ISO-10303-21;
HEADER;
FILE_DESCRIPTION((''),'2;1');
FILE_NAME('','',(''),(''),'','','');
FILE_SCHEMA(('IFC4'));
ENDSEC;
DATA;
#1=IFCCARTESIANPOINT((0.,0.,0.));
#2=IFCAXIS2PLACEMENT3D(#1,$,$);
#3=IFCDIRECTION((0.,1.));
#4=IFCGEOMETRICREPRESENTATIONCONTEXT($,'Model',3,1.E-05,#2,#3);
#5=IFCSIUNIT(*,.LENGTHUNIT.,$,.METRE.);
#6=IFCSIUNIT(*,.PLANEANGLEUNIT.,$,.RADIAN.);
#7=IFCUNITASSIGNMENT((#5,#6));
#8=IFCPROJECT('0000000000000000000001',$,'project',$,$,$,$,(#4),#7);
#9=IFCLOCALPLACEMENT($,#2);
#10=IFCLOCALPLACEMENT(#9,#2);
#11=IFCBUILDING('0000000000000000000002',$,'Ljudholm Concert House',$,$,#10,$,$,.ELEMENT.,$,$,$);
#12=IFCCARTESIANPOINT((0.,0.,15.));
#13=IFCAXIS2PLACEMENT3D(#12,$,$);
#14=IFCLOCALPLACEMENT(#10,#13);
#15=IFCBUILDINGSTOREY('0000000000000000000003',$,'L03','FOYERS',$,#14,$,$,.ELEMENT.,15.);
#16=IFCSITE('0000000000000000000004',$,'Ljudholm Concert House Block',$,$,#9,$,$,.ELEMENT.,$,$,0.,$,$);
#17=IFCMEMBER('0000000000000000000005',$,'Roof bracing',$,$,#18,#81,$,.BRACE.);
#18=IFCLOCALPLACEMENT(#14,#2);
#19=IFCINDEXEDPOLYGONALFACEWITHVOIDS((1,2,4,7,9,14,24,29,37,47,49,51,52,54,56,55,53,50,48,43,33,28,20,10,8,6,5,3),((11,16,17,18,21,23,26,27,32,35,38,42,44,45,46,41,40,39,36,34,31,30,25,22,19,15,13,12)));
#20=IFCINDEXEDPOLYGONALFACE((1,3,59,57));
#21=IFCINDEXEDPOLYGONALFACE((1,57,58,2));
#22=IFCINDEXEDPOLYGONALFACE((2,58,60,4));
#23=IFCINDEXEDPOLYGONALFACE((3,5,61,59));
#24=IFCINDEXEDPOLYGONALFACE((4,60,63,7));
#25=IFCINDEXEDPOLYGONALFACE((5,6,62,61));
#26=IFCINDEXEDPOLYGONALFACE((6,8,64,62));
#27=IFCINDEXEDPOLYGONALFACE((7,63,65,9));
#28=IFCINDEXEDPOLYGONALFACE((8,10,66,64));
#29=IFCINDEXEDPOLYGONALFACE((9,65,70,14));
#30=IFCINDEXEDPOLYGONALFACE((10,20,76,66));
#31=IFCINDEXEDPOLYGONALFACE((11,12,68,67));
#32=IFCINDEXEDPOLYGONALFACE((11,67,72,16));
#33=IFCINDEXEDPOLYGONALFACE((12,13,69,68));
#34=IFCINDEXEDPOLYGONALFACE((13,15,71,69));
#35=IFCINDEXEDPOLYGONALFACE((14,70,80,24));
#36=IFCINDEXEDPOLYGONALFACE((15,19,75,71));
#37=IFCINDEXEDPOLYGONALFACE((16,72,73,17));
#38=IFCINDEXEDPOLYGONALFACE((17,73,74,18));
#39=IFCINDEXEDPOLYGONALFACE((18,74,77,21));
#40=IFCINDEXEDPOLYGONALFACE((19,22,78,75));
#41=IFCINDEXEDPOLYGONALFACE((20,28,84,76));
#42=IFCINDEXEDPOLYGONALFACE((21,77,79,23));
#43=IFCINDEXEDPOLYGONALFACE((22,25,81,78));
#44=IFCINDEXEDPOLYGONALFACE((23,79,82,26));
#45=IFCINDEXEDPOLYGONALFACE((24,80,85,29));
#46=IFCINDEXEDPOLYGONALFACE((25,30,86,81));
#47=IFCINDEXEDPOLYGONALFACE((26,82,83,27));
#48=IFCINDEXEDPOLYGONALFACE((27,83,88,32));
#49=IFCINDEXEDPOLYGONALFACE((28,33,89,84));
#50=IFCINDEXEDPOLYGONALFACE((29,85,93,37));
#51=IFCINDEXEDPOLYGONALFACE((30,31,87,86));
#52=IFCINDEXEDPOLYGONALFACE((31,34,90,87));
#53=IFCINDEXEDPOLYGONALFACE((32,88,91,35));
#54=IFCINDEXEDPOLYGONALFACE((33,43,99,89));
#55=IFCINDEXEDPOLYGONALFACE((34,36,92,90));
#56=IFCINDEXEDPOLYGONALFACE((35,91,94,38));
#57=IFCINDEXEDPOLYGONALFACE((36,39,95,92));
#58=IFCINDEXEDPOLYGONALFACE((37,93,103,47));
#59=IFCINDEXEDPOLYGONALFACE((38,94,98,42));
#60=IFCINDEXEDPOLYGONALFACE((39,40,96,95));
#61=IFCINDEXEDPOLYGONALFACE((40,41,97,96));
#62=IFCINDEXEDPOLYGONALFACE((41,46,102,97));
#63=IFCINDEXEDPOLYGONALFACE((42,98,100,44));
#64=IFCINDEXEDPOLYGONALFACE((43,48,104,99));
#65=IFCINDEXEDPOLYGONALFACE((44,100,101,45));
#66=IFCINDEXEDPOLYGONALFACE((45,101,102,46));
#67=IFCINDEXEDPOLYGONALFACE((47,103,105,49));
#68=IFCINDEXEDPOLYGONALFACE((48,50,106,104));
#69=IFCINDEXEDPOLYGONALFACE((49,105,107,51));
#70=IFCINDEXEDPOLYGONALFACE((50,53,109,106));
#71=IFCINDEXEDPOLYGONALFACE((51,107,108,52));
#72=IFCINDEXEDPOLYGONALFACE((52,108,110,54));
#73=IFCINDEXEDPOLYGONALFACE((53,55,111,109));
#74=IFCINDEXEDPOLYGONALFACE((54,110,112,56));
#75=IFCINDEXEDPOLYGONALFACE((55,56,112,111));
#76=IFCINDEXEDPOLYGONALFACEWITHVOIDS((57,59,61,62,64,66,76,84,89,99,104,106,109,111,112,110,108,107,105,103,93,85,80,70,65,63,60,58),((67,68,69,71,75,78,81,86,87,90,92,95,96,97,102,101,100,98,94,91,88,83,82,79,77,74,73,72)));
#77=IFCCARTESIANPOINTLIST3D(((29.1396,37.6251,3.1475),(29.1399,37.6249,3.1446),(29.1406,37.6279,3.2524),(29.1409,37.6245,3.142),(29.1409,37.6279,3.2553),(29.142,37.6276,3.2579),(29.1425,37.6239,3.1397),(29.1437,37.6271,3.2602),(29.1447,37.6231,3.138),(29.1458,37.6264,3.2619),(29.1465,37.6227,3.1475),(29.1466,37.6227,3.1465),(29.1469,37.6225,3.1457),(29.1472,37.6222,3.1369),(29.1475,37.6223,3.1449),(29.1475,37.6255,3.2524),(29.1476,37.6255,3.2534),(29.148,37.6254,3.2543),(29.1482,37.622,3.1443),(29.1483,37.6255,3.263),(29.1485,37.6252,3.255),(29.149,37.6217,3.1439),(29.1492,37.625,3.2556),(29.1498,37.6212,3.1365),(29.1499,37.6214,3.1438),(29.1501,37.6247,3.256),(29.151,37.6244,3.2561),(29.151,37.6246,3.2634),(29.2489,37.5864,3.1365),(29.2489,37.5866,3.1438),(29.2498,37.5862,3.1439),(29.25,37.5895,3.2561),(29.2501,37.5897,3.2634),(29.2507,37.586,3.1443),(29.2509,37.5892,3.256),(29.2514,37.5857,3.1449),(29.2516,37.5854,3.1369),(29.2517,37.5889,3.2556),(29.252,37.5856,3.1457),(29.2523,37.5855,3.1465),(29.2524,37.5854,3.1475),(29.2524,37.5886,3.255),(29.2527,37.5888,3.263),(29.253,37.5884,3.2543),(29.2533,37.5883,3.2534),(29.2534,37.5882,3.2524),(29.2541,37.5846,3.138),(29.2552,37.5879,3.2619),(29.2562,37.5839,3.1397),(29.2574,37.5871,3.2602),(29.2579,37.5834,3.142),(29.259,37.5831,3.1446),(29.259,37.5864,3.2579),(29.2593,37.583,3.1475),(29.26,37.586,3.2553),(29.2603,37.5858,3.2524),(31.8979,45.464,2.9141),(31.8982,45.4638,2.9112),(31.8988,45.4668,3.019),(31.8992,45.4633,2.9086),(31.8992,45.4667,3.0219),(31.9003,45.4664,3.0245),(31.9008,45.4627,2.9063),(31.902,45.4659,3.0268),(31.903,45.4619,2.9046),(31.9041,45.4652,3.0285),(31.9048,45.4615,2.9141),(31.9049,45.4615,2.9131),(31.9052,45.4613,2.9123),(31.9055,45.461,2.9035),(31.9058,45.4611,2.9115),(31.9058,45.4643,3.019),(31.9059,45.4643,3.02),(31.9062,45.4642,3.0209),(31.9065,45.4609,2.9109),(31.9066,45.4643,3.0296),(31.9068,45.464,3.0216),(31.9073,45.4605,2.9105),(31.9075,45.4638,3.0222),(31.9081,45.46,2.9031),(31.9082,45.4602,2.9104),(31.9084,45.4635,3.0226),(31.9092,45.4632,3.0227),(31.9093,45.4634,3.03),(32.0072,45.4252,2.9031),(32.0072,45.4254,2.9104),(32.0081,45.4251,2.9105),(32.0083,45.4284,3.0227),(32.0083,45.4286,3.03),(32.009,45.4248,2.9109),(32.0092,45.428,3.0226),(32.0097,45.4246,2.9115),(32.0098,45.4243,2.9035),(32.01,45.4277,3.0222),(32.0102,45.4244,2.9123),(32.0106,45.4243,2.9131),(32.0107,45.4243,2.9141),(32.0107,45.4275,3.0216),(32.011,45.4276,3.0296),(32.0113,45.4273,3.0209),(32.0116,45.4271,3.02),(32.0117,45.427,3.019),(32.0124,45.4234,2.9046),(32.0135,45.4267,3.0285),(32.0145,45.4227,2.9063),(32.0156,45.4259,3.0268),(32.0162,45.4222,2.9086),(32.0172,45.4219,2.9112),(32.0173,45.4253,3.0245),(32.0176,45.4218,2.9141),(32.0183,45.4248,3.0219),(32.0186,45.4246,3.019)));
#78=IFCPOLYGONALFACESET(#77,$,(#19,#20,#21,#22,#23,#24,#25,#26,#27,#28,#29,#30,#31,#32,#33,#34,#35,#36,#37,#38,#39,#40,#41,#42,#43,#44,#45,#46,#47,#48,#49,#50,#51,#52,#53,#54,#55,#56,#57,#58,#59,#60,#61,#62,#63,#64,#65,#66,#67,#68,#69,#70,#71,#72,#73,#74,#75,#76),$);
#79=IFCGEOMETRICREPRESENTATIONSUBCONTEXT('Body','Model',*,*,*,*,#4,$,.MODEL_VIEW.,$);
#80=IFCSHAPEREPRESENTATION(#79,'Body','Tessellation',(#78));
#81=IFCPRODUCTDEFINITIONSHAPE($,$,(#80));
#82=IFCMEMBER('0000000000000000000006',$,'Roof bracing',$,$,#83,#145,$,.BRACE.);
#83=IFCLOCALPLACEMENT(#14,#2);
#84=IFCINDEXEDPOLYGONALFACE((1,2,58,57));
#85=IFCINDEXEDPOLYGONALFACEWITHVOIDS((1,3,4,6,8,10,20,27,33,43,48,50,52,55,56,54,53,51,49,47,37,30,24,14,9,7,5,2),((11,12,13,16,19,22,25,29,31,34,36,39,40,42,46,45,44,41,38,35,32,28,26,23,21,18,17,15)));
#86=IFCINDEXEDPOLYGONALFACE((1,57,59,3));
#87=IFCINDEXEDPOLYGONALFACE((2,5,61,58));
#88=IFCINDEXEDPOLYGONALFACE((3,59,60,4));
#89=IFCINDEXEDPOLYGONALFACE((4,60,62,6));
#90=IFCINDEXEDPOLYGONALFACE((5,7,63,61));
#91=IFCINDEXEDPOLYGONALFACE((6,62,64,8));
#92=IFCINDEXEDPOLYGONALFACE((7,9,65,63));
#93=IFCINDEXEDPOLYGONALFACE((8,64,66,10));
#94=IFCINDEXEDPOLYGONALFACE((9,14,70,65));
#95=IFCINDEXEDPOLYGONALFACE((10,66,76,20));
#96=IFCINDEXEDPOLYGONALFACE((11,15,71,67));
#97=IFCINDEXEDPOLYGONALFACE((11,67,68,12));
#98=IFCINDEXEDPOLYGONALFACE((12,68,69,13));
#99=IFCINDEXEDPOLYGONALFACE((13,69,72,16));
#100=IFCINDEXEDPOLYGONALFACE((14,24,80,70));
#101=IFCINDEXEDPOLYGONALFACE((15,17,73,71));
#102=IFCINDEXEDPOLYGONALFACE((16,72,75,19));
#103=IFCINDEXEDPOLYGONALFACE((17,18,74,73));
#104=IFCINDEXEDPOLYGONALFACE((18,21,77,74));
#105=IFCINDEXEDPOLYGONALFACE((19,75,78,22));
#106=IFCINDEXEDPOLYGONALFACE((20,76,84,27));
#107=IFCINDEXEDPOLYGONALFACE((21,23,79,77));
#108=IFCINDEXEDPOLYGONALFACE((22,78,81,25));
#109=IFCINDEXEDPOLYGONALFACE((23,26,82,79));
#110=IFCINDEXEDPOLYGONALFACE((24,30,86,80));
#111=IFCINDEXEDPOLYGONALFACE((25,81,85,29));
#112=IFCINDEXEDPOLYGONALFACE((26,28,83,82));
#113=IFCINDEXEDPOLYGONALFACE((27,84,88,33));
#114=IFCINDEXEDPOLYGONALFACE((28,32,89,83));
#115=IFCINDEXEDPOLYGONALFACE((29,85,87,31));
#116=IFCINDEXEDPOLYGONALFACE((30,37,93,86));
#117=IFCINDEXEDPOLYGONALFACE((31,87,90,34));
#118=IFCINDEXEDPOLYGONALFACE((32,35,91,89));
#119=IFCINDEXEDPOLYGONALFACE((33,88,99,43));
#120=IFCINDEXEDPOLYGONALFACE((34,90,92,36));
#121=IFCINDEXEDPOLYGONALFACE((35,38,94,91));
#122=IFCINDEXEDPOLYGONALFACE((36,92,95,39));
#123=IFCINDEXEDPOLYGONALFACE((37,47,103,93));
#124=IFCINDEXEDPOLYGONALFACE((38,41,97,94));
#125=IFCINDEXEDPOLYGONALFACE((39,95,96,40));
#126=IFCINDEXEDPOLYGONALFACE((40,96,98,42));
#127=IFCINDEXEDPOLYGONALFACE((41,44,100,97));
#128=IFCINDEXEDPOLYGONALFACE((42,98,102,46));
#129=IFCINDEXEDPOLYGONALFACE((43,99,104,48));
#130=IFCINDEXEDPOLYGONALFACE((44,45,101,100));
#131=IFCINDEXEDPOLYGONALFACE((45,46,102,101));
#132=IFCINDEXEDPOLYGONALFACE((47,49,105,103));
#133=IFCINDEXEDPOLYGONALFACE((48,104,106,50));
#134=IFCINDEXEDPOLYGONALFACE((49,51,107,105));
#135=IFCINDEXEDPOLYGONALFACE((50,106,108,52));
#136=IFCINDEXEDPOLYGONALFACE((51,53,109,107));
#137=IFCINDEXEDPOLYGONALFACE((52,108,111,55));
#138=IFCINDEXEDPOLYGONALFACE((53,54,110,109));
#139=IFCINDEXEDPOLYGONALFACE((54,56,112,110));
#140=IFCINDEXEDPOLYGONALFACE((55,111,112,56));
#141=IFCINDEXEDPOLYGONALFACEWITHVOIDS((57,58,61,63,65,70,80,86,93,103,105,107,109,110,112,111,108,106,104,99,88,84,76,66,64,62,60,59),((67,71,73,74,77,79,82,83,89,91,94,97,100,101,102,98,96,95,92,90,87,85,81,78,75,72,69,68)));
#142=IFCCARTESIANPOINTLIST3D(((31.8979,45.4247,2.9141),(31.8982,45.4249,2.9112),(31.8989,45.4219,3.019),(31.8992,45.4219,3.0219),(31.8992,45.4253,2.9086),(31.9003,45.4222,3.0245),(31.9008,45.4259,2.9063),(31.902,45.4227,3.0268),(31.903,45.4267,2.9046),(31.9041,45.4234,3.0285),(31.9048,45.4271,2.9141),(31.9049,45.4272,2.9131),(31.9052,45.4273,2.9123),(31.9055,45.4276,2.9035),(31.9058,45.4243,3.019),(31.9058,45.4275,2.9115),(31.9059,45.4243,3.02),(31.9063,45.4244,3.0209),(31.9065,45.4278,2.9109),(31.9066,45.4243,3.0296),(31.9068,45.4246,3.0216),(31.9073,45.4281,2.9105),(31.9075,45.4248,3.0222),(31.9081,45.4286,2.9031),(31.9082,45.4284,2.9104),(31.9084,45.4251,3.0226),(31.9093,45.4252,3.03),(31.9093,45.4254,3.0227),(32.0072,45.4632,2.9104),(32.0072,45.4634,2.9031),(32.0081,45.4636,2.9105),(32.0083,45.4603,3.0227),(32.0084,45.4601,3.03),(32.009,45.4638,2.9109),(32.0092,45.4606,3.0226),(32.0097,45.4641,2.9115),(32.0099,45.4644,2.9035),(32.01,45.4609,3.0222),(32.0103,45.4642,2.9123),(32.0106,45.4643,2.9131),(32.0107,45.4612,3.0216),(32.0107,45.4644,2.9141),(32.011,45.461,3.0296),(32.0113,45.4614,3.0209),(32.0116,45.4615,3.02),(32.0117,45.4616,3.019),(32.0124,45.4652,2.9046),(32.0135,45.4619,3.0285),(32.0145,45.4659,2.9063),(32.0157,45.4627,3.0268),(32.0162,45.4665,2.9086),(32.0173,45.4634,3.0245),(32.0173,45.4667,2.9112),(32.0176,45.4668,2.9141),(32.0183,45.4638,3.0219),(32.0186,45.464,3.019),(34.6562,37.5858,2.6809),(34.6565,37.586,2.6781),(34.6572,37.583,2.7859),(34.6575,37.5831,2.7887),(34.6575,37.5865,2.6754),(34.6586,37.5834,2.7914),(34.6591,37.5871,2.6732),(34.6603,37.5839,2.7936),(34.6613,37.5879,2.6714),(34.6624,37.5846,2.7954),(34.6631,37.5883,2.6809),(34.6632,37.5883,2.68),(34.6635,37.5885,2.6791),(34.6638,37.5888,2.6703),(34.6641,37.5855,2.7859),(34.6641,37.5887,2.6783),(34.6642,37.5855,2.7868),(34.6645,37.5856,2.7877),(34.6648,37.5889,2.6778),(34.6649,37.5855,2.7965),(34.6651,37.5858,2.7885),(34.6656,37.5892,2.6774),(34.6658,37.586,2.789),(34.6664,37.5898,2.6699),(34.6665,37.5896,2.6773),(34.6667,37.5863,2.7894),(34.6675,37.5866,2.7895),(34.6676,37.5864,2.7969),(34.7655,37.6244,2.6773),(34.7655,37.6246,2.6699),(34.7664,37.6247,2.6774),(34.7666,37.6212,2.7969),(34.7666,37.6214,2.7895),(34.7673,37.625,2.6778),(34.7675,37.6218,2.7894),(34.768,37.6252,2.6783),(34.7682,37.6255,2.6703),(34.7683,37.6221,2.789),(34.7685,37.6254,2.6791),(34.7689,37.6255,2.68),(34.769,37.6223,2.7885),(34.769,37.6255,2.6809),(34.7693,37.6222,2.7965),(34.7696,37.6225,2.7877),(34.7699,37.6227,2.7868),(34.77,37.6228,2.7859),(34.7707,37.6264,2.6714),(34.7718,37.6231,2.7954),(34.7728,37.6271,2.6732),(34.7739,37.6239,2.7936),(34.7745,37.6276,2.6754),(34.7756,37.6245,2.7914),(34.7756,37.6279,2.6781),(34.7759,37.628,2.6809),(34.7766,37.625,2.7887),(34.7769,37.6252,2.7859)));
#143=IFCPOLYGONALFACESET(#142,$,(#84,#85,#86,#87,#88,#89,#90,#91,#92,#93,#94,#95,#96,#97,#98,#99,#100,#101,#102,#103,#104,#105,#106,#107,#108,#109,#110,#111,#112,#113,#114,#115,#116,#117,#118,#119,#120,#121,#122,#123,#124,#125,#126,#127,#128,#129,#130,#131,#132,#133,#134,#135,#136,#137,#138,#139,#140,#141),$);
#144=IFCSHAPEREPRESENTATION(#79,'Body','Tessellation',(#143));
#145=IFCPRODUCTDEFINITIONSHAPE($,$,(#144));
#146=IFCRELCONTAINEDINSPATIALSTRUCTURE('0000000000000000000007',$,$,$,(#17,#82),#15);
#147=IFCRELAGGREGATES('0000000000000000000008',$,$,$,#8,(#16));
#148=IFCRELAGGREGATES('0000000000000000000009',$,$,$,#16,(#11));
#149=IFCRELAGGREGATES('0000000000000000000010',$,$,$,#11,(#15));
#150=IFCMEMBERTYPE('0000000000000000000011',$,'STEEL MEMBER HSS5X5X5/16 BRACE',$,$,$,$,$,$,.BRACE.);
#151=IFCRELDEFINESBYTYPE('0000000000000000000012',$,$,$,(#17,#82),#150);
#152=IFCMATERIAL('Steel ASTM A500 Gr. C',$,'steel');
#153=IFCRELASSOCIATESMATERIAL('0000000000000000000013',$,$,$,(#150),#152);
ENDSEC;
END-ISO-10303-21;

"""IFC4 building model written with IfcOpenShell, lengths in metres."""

from ifc_helpers import new_model, si_unit, direction, frame, origin, origin_2d, place, context, subcontext, project, spatial, hollow_rectangle, extrude, material, material_profile, profile_set, type_object, element, save


model = new_model("IFC4")

# Units and contexts
model_context = context("Model", 3, precision=1e-05, world=origin(), true_north=direction((0.0, 1.0)))
body_context = subcontext(model_context, "Body", "Model", "MODEL_VIEW")
ifc_project = project(units=[si_unit("LENGTHUNIT", "METRE"), si_unit("PLANEANGLEUNIT", "RADIAN")], contexts=[model_context])

# Site, building, storey
site_placement = place(None, origin())
site = spatial("IfcSite", under=ifc_project, at=site_placement, Name="Ljudholm Concert House Block", CompositionType="ELEMENT", RefElevation=0.0)
building_placement = place(site_placement, origin())
building = spatial("IfcBuilding", under=site, at=building_placement, Name="Ljudholm Concert House", CompositionType="ELEMENT")
storey_placement = place(building_placement, frame((0.0, 0.0, 15.0)))
storey = spatial("IfcBuildingStorey", under=building, at=storey_placement, Name="L03", Description="FOYERS", CompositionType="ELEMENT", Elevation=15.0)

# Members
ifc_material_1 = material(Name="Steel ASTM A500 Gr. C", Category="steel")
ifc_material_profile_1 = material_profile(ifc_material_1, hollow_rectangle(XDim=0.127, YDim=0.127, WallThickness=0.0073, InnerFilletRadius=0.0037, OuterFilletRadius=0.011, at=origin_2d()), Name="HSS5X5X5/16")
ifc_profile_set_1 = profile_set([ifc_material_profile_1], Name="Steel ASTM A500 Gr. C")
member_type_1 = type_object("IfcMemberType", Name="STEEL MEMBER HSS5X5X5/16 BRACE", PredefinedType="BRACE", material=ifc_profile_set_1)
for number, where, z_axis, x_axis, name in (
    (1, (29.2, 37.6055, 3.2), (0.331795, 0.942934, -0.028075), (-0.943306, 0.331926, 0.0), "Roof bracing"),
    (2, (31.9583, 45.4443, 2.9666), (0.331795, -0.942935, -0.028046), (0.943306, 0.331926, 0.0), "Roof bracing"),
):
    element("IfcMember", number, at=place(storey_placement, frame(where, z_axis=z_axis, x_axis=x_axis)), inside=storey, type_object=member_type_1, Name=name, PredefinedType="BRACE", context=body_context, shape_type="SweptSolid", body=[
        extrude(hollow_rectangle(XDim=0.127, YDim=0.127, WallThickness=0.0073, InnerFilletRadius=0.0037, OuterFilletRadius=0.011, at=origin_2d()), origin(), (0.0, 0.0, 1.0), 8.3132),
    ])

save(model, "model.ifc")
